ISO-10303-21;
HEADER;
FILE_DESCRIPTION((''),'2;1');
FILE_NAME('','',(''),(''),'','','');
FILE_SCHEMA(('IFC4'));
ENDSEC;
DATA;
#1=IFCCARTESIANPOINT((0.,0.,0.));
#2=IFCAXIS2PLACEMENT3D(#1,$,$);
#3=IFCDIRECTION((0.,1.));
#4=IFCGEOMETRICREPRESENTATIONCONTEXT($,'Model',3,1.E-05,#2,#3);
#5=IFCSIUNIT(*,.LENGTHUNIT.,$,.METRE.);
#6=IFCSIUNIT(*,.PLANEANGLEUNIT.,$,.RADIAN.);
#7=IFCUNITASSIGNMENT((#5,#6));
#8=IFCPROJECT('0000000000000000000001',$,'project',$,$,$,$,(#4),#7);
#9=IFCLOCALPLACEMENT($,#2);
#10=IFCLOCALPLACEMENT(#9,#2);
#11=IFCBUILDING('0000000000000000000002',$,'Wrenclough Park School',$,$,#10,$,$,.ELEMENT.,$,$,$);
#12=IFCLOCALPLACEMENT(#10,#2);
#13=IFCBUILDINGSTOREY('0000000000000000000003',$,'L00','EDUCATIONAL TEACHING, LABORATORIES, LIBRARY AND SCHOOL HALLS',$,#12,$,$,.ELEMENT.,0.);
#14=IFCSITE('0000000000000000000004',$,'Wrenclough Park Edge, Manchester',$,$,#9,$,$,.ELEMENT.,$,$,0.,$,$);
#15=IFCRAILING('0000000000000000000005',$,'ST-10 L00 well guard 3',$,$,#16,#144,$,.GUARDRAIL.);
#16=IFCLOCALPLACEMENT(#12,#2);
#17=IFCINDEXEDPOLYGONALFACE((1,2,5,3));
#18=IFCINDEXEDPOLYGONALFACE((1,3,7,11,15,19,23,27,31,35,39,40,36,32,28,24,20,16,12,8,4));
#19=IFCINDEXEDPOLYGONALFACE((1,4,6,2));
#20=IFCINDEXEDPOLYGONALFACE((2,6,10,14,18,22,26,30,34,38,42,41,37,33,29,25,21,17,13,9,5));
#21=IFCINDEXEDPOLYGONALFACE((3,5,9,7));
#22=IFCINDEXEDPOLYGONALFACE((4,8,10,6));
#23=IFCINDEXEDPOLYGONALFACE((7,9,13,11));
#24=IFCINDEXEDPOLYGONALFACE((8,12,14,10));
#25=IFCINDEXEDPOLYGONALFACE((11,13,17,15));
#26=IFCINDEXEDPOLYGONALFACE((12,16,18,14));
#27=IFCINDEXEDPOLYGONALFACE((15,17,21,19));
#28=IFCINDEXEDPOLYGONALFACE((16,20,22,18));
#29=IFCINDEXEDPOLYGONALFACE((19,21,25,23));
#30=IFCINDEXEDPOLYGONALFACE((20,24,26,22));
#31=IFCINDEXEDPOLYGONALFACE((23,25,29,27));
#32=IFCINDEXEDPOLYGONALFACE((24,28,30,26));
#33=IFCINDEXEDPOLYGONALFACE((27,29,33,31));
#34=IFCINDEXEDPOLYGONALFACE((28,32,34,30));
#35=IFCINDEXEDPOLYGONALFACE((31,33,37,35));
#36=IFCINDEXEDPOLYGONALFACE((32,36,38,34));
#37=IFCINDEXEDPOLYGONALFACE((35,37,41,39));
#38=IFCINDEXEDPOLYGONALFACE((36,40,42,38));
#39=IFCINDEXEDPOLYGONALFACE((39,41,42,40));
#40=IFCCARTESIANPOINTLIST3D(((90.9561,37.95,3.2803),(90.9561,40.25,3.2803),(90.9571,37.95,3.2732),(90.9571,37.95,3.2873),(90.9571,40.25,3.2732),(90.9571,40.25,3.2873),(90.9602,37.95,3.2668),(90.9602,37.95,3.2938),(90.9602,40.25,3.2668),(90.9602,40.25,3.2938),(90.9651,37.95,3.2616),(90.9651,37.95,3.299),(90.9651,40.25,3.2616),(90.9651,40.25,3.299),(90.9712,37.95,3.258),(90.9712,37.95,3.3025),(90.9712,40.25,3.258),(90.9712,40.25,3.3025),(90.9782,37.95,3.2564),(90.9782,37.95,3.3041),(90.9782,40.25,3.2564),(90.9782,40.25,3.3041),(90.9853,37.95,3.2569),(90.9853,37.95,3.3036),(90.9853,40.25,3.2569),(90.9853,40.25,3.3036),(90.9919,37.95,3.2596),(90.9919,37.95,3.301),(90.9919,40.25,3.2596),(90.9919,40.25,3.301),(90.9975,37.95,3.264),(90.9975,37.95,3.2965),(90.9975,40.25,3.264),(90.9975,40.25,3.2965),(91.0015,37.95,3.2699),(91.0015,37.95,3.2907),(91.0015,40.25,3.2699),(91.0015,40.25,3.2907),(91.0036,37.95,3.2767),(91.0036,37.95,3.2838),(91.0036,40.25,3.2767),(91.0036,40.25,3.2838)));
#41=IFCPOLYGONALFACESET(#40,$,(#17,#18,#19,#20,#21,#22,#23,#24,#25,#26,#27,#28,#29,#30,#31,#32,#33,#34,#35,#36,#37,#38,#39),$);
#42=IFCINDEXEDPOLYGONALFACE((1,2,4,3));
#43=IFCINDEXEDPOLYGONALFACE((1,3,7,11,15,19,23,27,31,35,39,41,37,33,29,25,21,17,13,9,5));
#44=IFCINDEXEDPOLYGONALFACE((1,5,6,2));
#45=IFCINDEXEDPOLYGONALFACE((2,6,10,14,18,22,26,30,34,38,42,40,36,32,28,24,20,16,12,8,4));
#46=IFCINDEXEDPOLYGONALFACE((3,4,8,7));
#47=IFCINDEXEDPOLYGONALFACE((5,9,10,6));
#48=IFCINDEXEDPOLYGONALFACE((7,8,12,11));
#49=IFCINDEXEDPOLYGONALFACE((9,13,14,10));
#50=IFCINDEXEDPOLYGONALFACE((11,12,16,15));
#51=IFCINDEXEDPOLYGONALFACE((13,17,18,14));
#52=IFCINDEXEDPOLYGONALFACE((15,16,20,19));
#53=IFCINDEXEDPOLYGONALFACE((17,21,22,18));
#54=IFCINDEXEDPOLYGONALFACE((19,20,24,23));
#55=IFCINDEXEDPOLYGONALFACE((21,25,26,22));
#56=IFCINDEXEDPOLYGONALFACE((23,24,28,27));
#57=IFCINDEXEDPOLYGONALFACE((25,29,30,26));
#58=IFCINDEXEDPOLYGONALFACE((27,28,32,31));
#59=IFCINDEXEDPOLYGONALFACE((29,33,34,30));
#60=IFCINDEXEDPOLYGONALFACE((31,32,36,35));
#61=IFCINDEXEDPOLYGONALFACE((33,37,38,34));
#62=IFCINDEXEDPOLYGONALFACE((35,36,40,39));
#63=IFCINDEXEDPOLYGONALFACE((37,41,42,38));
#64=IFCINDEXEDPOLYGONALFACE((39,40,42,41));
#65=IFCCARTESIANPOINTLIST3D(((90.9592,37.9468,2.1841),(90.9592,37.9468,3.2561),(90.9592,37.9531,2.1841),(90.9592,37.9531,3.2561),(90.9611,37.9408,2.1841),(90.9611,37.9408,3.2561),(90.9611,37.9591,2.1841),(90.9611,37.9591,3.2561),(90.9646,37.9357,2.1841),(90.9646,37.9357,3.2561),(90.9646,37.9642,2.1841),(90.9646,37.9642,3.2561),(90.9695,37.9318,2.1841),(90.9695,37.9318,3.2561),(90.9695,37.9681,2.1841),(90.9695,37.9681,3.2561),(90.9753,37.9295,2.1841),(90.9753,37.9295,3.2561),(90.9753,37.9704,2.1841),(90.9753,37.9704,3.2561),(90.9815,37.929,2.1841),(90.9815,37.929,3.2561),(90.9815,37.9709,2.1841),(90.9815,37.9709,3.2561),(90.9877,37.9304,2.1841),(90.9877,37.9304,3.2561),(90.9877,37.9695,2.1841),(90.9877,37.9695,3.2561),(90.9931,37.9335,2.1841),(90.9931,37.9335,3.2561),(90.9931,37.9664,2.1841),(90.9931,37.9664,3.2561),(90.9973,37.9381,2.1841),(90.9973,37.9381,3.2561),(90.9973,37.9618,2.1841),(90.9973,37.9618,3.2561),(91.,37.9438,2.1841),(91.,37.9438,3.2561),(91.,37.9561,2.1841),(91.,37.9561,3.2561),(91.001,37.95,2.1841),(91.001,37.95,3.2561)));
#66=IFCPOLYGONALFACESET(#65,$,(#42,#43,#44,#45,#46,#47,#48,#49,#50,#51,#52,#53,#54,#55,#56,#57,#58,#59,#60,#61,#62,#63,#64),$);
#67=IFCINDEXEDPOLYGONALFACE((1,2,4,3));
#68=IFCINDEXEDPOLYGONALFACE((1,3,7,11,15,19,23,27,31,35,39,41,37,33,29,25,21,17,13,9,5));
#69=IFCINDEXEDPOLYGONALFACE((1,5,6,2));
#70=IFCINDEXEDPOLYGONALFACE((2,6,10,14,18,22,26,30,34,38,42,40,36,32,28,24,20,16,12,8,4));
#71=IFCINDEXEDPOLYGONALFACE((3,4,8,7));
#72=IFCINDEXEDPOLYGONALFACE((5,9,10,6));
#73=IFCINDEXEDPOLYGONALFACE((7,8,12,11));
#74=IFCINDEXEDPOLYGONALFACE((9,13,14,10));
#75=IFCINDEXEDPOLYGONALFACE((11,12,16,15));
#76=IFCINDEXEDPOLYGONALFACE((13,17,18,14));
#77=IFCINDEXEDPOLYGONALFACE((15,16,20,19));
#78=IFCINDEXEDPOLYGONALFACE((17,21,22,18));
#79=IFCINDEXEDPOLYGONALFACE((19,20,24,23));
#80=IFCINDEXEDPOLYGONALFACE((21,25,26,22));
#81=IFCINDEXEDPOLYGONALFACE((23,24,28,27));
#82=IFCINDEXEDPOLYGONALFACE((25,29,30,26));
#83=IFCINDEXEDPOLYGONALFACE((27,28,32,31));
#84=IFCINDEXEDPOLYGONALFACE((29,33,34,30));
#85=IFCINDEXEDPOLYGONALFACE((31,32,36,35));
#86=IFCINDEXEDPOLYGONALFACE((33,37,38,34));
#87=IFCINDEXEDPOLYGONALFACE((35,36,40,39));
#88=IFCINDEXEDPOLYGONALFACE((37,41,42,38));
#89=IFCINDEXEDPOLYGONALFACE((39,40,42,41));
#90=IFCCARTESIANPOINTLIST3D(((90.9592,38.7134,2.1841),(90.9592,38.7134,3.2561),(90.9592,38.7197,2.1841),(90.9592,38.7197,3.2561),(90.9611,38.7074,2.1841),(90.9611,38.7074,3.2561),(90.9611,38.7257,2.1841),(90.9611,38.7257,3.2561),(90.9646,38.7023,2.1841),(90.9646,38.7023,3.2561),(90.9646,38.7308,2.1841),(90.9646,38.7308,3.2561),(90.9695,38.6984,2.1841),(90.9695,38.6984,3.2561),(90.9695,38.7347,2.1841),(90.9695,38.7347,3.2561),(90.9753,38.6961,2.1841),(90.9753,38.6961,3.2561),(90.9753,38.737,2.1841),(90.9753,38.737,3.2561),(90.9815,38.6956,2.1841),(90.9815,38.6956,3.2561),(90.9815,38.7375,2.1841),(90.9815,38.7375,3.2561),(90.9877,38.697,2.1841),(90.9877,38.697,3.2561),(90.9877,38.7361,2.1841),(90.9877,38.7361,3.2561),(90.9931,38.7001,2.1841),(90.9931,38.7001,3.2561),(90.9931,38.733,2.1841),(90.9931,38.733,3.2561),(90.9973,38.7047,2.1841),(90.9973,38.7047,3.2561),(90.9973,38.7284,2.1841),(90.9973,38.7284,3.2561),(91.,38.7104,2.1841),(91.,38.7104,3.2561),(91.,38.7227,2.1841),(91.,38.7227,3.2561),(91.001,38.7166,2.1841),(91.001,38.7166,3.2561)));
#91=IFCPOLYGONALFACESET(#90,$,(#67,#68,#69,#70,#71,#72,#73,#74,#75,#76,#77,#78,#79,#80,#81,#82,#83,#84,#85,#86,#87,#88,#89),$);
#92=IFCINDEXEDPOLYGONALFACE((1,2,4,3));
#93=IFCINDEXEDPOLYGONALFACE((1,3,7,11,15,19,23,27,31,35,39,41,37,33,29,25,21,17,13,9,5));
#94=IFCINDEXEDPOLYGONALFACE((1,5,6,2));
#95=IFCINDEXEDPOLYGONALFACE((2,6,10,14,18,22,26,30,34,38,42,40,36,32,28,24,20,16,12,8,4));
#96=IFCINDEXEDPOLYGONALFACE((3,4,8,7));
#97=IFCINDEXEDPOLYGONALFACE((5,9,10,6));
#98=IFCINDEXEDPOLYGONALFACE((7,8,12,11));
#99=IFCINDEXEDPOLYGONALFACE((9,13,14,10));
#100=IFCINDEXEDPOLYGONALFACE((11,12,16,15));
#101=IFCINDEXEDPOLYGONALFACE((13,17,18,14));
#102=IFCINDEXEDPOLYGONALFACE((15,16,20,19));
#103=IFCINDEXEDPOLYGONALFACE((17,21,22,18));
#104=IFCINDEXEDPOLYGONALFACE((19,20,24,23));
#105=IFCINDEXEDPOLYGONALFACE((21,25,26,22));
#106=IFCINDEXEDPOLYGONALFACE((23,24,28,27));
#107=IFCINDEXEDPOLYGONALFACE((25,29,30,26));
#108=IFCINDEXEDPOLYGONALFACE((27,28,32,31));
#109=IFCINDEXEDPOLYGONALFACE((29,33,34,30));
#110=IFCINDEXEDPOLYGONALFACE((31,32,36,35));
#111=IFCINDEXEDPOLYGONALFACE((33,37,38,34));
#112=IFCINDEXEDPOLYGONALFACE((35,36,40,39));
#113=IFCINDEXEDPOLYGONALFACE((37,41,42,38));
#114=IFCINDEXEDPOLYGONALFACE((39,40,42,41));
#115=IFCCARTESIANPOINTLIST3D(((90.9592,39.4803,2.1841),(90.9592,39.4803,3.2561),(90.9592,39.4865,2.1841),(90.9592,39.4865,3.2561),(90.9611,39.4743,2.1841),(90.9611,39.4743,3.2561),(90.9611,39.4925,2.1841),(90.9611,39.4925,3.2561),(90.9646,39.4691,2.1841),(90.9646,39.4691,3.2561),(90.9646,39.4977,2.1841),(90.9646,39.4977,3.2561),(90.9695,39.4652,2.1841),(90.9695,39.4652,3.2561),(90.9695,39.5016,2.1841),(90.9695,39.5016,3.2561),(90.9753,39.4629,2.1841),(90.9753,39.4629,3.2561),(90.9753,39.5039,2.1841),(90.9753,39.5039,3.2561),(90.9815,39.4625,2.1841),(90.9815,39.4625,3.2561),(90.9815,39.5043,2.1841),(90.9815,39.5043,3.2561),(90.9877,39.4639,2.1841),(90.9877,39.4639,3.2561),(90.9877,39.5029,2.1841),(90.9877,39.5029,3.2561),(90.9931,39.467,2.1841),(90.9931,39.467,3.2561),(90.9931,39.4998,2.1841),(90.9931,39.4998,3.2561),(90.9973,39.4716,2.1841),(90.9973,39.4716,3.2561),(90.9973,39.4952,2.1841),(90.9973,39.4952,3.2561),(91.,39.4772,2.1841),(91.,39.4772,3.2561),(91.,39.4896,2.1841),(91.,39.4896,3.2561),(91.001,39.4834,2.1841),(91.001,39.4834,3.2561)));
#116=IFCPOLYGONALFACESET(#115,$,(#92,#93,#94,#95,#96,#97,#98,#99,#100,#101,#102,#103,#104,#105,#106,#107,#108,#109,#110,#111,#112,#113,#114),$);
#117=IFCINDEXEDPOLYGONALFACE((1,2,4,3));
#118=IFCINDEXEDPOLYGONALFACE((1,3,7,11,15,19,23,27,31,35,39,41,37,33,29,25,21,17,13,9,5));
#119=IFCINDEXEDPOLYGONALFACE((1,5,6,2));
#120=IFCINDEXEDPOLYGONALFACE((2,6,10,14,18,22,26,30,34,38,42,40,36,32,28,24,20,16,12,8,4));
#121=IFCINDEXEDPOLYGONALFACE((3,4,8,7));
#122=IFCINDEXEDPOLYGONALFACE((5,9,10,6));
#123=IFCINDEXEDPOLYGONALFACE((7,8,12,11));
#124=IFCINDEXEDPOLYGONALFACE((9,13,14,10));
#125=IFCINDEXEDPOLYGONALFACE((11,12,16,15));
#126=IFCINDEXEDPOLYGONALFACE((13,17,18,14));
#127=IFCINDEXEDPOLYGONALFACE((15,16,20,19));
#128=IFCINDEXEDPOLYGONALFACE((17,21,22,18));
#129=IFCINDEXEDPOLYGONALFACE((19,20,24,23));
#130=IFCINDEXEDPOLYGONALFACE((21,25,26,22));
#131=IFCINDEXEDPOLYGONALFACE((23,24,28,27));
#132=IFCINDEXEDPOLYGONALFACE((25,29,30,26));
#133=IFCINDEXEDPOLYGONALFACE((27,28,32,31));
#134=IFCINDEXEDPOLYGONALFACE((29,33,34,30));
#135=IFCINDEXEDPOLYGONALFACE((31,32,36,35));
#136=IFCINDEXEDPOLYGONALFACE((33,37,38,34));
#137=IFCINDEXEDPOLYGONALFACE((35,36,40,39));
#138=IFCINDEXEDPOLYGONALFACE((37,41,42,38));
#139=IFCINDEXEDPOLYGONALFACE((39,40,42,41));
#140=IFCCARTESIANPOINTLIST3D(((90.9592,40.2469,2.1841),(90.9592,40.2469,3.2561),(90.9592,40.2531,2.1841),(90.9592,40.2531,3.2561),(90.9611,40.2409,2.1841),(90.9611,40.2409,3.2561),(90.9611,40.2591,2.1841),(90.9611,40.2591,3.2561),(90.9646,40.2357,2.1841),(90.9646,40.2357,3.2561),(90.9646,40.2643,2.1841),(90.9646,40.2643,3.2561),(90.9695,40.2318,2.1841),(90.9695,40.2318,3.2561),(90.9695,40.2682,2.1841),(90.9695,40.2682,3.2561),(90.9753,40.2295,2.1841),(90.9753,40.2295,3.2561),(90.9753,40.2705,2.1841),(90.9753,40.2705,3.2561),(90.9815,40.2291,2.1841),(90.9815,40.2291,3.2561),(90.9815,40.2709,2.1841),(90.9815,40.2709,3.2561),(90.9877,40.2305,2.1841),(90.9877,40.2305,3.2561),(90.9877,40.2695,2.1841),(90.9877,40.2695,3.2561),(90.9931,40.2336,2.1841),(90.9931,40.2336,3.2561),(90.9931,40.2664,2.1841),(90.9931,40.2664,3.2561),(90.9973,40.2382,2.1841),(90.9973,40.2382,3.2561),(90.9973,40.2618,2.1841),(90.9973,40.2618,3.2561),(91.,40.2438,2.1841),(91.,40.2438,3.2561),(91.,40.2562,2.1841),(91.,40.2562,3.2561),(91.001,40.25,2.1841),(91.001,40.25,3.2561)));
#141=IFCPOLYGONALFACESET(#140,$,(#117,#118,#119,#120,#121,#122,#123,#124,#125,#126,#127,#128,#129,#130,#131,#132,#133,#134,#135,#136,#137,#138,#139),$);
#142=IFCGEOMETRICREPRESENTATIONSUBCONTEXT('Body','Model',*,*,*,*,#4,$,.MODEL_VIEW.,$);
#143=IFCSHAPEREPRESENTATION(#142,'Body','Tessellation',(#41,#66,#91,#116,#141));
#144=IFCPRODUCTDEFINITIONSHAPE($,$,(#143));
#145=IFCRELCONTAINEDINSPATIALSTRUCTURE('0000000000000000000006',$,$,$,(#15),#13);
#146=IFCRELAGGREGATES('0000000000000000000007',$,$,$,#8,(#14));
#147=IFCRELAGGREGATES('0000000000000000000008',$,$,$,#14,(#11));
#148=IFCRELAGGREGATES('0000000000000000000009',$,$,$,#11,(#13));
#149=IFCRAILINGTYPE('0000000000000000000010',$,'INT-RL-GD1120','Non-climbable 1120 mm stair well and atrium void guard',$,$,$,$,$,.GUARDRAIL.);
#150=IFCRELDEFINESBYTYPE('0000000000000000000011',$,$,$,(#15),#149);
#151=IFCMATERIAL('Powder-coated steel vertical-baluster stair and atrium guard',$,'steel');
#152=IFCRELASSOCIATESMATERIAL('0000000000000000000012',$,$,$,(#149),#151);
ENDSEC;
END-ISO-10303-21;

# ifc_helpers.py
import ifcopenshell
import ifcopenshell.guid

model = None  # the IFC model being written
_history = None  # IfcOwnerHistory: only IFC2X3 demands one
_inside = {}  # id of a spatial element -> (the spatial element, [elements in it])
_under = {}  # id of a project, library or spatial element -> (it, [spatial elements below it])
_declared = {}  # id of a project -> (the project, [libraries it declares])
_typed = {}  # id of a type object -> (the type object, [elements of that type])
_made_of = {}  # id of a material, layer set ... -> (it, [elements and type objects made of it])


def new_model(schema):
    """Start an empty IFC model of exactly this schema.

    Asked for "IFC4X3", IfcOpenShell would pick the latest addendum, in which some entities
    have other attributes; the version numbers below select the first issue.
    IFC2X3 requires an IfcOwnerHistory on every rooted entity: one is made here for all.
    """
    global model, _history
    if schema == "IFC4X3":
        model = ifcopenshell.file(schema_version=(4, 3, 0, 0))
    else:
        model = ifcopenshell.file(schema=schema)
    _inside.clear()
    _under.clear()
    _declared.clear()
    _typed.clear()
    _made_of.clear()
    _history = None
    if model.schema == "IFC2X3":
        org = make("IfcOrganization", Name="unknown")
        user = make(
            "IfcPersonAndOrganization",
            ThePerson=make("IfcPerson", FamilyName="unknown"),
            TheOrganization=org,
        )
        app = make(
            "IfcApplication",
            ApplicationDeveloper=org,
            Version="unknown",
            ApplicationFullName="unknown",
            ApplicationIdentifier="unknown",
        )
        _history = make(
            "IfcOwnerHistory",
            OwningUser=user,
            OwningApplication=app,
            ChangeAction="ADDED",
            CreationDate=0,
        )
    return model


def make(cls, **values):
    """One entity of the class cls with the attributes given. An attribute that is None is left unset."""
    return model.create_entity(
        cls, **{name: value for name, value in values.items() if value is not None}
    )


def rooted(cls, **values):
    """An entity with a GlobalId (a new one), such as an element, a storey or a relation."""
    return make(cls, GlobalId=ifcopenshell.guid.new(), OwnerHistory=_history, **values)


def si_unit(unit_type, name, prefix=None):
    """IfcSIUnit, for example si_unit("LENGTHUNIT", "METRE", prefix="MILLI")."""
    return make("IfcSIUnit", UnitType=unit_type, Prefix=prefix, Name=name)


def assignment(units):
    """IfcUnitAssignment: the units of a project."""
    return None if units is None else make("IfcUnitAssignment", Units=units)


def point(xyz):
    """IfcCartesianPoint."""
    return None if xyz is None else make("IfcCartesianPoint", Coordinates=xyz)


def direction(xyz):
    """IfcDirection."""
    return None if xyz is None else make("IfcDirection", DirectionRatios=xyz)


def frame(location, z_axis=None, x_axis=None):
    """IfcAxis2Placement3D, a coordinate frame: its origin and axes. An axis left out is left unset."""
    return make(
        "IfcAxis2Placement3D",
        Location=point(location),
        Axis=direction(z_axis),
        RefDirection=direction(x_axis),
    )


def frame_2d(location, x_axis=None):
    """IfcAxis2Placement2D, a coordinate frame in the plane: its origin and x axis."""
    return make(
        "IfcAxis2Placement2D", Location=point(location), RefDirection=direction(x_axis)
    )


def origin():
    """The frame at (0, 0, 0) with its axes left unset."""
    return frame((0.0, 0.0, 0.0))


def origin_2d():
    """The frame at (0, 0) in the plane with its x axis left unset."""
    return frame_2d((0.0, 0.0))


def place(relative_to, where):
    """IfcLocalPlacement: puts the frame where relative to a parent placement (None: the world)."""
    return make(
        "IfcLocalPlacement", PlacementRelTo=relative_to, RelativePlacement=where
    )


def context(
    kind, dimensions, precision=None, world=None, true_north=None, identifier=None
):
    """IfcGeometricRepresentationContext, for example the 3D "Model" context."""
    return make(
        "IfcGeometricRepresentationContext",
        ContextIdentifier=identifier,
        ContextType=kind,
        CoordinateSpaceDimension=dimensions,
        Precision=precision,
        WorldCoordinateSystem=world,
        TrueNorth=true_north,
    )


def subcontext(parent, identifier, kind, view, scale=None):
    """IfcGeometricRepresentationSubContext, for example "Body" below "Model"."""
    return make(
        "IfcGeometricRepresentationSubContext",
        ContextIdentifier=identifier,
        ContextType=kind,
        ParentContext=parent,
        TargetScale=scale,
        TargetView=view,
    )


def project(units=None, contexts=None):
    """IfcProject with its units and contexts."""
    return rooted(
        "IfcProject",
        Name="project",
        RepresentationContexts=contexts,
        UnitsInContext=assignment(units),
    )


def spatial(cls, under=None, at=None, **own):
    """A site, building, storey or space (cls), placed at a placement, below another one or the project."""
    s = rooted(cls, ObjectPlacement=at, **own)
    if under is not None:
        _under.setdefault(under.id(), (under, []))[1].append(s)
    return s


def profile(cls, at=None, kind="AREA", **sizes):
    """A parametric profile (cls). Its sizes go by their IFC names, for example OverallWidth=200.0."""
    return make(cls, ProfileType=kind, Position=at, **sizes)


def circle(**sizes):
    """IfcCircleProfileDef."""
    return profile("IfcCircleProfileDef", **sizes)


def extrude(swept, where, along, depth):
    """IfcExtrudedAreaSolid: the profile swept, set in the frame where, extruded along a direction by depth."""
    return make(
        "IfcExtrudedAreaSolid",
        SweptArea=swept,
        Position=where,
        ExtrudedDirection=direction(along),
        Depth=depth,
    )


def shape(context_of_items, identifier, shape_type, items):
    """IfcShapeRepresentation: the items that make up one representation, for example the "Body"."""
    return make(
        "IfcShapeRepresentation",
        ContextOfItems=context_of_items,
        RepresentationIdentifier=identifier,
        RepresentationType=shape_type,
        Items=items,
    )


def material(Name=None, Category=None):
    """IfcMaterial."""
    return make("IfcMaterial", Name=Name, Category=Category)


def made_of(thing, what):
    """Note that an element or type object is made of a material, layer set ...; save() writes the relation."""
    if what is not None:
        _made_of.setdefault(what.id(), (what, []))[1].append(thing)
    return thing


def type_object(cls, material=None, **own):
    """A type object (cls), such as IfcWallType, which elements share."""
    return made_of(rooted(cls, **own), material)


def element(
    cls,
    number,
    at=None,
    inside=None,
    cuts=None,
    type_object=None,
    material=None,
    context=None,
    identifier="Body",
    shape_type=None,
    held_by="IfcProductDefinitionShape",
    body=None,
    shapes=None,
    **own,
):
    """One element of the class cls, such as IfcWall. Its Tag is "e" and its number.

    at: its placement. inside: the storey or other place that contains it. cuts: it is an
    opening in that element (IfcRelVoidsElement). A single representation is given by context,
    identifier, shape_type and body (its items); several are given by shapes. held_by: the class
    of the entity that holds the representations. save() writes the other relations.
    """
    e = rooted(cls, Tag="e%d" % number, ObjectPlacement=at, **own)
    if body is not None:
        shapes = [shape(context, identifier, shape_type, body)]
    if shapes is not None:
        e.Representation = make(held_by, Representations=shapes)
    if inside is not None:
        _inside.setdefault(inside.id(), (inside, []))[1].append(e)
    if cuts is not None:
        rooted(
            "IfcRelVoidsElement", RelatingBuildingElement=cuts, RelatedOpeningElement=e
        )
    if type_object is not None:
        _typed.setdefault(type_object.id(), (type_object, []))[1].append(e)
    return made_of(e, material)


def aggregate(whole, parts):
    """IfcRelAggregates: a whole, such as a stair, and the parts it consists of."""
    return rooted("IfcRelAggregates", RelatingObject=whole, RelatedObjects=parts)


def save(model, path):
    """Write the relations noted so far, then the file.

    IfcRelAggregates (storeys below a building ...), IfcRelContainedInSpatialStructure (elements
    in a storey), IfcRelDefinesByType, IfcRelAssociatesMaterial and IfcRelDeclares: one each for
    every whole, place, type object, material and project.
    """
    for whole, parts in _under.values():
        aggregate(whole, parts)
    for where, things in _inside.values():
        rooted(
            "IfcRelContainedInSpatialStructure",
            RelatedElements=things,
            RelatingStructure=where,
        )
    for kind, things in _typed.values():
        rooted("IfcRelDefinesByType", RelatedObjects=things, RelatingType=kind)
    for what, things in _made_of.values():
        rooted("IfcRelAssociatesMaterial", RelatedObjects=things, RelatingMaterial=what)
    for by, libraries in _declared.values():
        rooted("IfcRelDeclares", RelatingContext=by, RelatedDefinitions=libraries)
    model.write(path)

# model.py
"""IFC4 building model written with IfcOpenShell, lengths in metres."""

from ifc_helpers import new_model, si_unit, direction, frame, origin, origin_2d, place, context, subcontext, project, spatial, circle, extrude, material, type_object, element, save


model = new_model("IFC4")

# Units and contexts
model_context = context("Model", 3, precision=1e-05, world=origin(), true_north=direction((0.0, 1.0)))
body_context = subcontext(model_context, "Body", "Model", "MODEL_VIEW")
ifc_project = project(units=[si_unit("LENGTHUNIT", "METRE"), si_unit("PLANEANGLEUNIT", "RADIAN")], contexts=[model_context])

# Site, building, storey
site_placement = place(None, origin())
site = spatial("IfcSite", under=ifc_project, at=site_placement, Name="Wrenclough Park Edge, Manchester", CompositionType="ELEMENT", RefElevation=0.0)
building_placement = place(site_placement, origin())
building = spatial("IfcBuilding", under=site, at=building_placement, Name="Wrenclough Park School", CompositionType="ELEMENT")
storey_placement = place(building_placement, origin())
storey = spatial("IfcBuildingStorey", under=building, at=storey_placement, Name="L00", Description="EDUCATIONAL TEACHING, LABORATORIES, LIBRARY AND SCHOOL HALLS", CompositionType="ELEMENT", Elevation=0.0)

# Railing
ifc_material_1 = material(Name="Powder-coated steel vertical-baluster stair and atrium guard", Category="steel")
railing_type_1 = type_object("IfcRailingType", Name="INT-RL-GD1120", Description="Non-climbable 1120 mm stair well and atrium void guard", PredefinedType="GUARDRAIL", material=ifc_material_1)
railing_1_placement = place(storey_placement, frame((90.98, 37.95, 2.1841)))
element("IfcRailing", 1, at=railing_1_placement, inside=storey, type_object=railing_type_1, Name="ST-10 L00 well guard 3", PredefinedType="GUARDRAIL", context=body_context, shape_type="SweptSolid", body=[
    extrude(circle(Radius=0.0239, at=origin_2d()), frame((0.0, 0.0, 1.0962), z_axis=(0.0, 1.0, 0.0), x_axis=(-1.0, 0.0, 0.0)), (0.0, 0.0, 1.0), 2.3),
    extrude(circle(Radius=0.021, at=origin_2d()), origin(), (0.0, 0.0, 1.0), 1.072),
    extrude(circle(Radius=0.021, at=origin_2d()), frame((0.0, 0.7666, 0.0)), (0.0, 0.0, 1.0), 1.072),
    extrude(circle(Radius=0.021, at=origin_2d()), frame((0.0, 1.5334, 0.0)), (0.0, 0.0, 1.0), 1.072),
    extrude(circle(Radius=0.021, at=origin_2d()), frame((0.0, 2.3, 0.0)), (0.0, 0.0, 1.0), 1.072),
])

save(model, "model.ifc")
